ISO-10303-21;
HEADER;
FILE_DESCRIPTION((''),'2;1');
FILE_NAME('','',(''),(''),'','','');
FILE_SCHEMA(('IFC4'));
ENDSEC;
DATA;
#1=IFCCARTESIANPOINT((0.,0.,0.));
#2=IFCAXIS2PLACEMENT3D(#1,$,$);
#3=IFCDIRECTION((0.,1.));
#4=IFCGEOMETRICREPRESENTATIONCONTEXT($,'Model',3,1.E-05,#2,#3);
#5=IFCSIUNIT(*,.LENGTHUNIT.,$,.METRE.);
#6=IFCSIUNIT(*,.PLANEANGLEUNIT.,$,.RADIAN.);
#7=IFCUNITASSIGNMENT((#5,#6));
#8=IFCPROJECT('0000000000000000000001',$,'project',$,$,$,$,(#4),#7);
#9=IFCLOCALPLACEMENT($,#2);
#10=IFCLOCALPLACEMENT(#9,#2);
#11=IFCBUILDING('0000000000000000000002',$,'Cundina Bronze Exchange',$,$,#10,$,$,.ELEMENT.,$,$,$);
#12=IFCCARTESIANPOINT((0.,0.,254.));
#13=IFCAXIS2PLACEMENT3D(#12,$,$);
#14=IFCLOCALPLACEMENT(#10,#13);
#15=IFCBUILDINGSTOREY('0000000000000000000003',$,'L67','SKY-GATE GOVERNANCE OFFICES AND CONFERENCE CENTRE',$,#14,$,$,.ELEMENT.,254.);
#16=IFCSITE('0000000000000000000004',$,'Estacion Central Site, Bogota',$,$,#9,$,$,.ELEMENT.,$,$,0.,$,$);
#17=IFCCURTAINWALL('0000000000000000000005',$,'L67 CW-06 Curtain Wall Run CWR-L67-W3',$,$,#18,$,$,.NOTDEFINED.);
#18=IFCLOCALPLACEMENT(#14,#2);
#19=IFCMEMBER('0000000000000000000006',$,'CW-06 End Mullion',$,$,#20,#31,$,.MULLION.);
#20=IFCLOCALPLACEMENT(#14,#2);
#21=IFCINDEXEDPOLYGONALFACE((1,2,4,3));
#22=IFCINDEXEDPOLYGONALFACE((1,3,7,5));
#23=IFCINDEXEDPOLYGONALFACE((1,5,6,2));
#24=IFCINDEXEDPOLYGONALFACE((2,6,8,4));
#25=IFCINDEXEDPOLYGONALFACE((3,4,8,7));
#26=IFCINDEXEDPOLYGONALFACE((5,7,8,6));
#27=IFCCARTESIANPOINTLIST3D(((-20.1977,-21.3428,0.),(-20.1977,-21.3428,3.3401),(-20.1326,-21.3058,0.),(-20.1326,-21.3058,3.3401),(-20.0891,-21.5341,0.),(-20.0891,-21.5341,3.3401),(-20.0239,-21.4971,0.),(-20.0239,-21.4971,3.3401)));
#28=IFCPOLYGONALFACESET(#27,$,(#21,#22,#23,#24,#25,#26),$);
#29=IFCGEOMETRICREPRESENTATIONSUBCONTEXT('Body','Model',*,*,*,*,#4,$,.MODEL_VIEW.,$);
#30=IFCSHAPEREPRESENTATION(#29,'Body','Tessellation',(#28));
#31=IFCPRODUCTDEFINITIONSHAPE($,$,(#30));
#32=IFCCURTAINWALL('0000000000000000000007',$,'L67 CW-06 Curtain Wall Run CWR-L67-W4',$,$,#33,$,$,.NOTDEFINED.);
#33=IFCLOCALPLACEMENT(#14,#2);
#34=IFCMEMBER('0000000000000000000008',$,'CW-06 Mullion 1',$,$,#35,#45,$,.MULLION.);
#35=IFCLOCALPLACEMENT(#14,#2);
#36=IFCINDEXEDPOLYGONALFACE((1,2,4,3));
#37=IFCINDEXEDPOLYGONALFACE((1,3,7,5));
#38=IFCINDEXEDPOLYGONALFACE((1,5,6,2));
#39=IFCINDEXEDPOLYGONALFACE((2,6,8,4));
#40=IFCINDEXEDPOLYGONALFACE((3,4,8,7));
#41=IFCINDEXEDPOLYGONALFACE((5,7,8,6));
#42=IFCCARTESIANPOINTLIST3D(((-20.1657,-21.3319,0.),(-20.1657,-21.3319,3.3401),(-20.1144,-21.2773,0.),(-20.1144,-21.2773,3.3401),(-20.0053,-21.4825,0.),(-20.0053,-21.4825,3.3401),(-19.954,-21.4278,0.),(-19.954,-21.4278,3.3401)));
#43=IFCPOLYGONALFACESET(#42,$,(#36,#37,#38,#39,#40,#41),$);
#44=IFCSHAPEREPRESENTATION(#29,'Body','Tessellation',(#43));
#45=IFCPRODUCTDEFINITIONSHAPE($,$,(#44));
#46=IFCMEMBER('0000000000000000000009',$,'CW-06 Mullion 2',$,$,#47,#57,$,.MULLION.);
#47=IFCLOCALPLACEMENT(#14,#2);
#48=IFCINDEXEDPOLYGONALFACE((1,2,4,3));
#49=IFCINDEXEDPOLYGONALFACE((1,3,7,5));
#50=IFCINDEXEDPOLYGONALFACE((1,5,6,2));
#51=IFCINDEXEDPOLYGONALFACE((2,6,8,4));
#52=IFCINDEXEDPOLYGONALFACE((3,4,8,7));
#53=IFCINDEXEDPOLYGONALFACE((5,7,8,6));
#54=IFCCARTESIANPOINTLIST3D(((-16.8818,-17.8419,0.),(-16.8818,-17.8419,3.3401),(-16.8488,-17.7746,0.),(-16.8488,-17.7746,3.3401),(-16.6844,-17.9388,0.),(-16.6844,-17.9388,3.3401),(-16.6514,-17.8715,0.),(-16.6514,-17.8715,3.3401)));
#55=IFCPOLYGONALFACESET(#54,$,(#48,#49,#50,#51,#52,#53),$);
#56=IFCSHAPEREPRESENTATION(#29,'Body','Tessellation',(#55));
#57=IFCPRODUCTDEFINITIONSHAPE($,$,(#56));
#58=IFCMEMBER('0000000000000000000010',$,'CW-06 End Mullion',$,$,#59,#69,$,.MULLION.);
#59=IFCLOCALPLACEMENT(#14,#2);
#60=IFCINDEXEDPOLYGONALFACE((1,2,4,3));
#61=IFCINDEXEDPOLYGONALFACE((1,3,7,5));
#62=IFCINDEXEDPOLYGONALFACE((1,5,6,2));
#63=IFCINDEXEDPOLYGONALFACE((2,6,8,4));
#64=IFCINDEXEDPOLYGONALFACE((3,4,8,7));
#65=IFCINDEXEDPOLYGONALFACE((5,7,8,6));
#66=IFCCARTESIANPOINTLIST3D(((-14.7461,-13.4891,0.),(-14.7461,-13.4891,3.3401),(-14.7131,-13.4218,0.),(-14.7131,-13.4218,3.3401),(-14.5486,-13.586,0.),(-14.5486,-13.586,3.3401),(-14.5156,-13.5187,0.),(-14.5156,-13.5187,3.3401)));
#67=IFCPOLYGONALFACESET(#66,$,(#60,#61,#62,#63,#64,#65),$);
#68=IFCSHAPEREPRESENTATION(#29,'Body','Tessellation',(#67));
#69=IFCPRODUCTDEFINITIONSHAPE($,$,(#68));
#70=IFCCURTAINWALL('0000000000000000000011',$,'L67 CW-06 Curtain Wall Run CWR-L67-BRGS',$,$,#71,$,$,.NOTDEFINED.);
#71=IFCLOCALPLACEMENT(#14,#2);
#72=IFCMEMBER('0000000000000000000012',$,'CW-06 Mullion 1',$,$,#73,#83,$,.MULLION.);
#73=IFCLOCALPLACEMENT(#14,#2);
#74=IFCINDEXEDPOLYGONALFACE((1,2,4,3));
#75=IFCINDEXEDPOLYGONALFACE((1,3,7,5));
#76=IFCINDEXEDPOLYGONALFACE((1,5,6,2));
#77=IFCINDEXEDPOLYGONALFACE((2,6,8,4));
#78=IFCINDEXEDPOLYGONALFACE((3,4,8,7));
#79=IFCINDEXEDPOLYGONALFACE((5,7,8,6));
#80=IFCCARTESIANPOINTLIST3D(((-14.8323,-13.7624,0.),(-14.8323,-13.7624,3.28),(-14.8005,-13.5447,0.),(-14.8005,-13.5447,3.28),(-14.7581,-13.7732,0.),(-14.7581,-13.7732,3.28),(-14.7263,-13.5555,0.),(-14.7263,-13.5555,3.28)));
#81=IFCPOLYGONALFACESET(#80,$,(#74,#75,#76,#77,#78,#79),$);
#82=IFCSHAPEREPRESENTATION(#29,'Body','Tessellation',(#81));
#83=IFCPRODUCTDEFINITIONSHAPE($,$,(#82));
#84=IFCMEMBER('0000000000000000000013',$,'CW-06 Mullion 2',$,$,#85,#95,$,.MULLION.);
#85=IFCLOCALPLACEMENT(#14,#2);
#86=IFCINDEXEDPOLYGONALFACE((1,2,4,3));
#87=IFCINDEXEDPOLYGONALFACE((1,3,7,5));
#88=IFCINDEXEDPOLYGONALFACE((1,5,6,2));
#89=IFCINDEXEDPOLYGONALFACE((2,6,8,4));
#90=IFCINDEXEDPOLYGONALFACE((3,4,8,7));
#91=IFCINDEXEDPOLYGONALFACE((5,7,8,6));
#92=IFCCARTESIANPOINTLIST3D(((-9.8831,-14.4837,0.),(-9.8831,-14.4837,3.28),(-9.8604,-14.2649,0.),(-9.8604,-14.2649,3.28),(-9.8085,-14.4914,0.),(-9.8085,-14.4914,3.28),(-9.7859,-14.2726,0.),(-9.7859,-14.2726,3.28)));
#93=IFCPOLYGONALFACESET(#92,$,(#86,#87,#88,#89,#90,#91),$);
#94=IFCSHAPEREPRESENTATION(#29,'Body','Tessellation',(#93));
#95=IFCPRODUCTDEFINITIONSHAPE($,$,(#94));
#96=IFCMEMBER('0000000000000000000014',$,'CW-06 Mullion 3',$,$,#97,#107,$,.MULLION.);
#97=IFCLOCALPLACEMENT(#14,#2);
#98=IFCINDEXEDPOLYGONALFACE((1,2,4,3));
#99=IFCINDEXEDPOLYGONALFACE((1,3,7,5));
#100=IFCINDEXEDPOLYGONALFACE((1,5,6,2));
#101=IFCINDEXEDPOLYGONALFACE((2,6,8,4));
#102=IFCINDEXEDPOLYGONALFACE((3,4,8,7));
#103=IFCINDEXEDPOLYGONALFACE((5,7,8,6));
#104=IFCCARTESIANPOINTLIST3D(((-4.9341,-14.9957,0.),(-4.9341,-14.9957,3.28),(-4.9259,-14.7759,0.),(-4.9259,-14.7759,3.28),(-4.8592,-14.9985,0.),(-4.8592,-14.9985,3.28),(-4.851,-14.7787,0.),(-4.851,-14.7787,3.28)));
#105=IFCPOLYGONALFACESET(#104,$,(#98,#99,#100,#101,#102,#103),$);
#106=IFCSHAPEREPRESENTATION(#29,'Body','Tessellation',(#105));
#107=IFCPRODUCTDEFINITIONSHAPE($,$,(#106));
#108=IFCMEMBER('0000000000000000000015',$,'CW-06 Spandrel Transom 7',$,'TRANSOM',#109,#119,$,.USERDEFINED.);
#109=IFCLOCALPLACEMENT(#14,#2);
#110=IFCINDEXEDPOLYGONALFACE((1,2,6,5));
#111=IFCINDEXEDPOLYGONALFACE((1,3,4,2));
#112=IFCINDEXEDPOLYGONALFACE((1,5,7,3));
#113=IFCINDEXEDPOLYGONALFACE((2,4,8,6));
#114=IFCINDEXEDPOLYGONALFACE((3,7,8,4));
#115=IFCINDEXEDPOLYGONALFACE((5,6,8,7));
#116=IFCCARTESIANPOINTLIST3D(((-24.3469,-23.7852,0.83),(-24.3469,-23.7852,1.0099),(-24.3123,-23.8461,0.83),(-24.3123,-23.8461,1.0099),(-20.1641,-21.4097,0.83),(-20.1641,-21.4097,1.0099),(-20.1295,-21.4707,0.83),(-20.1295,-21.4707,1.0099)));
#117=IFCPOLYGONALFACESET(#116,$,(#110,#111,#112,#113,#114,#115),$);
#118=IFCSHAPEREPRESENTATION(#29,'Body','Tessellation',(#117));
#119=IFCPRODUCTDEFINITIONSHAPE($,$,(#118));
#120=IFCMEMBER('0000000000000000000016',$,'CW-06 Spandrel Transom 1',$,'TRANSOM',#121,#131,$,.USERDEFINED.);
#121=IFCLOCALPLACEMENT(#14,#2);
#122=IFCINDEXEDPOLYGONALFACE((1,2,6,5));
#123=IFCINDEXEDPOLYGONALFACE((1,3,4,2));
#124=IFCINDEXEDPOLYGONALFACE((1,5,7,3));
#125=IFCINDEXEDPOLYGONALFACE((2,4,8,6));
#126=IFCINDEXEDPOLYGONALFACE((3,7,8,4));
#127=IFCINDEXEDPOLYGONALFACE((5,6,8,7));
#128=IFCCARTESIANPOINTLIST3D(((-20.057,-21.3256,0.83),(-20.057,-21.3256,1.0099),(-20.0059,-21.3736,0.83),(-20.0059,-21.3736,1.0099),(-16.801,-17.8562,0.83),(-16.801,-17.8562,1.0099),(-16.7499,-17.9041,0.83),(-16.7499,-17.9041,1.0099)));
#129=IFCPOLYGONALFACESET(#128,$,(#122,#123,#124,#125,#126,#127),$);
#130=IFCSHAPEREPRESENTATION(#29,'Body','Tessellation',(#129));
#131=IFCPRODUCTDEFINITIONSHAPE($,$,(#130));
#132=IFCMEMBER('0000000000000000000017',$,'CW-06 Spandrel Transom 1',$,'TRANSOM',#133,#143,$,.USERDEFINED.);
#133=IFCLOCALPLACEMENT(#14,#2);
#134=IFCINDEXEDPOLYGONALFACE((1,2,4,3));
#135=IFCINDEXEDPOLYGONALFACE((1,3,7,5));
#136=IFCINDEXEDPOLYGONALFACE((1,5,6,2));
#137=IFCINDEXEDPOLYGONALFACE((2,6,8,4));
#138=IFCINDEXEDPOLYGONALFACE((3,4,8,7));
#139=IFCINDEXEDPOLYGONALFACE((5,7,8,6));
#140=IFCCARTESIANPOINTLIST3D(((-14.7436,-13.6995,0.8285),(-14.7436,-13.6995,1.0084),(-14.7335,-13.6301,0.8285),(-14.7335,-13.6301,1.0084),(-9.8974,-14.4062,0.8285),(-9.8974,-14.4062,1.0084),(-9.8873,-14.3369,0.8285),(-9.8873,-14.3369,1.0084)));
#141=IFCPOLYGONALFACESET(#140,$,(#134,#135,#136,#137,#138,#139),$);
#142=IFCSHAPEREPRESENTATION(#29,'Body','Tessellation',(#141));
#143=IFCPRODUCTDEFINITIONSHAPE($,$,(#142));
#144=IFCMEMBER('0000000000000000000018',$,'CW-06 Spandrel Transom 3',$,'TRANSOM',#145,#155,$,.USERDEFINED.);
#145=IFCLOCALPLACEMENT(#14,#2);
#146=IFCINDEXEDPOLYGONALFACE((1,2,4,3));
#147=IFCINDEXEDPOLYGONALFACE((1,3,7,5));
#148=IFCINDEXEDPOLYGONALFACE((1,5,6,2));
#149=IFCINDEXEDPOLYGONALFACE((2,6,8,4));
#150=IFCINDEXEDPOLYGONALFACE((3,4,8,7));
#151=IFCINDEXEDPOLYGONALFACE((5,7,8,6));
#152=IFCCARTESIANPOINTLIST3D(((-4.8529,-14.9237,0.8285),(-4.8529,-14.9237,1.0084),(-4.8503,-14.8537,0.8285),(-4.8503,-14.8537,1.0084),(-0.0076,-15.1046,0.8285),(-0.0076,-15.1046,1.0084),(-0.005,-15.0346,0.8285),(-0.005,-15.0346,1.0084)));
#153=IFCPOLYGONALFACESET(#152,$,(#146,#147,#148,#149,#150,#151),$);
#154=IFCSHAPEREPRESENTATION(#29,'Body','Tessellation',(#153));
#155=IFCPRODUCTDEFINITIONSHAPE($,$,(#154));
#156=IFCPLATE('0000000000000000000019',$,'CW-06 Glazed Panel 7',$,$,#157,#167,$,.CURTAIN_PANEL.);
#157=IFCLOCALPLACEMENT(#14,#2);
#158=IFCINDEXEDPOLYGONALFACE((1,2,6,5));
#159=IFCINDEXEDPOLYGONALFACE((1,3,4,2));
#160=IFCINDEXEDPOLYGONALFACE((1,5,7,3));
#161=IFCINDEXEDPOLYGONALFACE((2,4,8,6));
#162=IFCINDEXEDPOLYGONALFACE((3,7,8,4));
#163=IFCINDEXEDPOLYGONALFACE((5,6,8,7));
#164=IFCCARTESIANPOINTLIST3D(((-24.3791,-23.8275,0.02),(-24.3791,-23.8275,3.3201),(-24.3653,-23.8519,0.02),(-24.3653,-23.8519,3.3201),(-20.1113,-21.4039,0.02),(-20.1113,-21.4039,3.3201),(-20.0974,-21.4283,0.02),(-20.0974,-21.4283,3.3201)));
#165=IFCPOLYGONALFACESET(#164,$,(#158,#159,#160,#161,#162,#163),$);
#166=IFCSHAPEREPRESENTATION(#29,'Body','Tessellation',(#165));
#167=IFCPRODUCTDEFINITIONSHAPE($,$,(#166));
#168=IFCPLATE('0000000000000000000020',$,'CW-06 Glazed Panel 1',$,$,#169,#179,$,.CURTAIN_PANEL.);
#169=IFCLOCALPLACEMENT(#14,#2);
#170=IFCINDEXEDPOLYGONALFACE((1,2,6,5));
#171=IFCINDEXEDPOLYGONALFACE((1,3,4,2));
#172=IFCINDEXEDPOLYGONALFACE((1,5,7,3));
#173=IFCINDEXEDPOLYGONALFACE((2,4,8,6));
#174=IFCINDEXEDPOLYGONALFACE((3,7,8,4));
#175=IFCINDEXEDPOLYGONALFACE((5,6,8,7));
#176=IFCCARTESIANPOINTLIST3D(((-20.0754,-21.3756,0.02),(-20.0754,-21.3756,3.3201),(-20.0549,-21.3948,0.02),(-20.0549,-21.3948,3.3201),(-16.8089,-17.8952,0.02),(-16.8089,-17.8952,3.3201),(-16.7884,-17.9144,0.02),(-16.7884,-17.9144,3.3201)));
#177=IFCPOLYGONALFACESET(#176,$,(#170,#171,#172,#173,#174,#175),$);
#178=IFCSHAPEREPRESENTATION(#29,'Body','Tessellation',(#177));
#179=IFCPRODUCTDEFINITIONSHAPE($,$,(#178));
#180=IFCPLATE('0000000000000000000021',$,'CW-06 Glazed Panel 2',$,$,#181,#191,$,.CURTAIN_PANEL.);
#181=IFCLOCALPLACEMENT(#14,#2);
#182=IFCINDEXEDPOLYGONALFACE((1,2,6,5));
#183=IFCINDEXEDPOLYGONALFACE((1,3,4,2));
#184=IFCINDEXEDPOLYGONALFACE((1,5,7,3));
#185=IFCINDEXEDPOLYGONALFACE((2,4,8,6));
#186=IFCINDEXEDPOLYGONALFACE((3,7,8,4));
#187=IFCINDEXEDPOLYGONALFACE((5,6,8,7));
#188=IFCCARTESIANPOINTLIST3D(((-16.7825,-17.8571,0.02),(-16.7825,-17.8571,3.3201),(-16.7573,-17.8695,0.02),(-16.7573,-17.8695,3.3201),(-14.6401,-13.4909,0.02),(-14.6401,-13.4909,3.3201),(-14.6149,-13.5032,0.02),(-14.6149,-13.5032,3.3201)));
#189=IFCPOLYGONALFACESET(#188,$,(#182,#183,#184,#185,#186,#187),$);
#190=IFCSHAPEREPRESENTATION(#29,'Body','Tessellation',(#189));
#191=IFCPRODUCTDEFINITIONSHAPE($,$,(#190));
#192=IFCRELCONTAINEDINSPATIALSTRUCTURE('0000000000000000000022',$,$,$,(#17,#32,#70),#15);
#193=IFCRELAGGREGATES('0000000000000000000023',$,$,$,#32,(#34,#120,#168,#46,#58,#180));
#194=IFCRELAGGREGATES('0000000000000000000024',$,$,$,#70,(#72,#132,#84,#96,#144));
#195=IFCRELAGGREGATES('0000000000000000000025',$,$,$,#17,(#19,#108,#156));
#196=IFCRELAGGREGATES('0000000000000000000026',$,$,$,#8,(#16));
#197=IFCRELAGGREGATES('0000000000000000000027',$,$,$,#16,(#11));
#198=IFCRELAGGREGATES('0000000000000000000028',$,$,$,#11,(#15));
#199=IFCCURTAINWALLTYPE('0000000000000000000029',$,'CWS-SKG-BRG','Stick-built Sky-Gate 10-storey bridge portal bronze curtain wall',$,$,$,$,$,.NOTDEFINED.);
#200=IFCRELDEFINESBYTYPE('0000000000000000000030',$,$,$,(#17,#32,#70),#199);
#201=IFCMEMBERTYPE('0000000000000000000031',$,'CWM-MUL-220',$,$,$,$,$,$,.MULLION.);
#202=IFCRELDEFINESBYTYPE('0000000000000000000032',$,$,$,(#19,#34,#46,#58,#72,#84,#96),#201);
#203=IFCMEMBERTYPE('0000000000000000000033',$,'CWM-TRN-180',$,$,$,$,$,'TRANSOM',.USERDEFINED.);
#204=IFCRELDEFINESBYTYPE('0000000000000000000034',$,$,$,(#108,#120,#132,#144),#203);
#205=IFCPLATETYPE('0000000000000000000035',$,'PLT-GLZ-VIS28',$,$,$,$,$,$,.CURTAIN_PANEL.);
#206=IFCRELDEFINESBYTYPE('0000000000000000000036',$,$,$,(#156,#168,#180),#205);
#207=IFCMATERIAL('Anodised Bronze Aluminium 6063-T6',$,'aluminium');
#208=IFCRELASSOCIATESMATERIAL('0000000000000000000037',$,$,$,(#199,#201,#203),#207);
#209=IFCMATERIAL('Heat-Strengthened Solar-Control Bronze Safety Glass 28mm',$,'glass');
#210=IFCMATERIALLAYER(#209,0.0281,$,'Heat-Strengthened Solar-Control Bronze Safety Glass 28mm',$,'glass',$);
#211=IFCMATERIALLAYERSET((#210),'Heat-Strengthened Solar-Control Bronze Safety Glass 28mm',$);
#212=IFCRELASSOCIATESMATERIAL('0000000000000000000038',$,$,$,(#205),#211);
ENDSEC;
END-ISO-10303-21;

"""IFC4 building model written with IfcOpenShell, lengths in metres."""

from ifc_helpers import new_model, si_unit, direction, frame, origin, origin_2d, place, context, subcontext, project, spatial, rectangle, extrude, material, layer, layer_set, material_profile, profile_set, type_object, element, aggregate, save


model = new_model("IFC4")

# Units and contexts
model_context = context("Model", 3, precision=1e-05, world=origin(), true_north=direction((0.0, 1.0)))
body_context = subcontext(model_context, "Body", "Model", "MODEL_VIEW")
ifc_project = project(units=[si_unit("LENGTHUNIT", "METRE"), si_unit("PLANEANGLEUNIT", "RADIAN")], contexts=[model_context])

# Site, building, storey
site_placement = place(None, origin())
site = spatial("IfcSite", under=ifc_project, at=site_placement, Name="Estacion Central Site, Bogota", CompositionType="ELEMENT", RefElevation=0.0)
building_placement = place(site_placement, origin())
building = spatial("IfcBuilding", under=site, at=building_placement, Name="Cundina Bronze Exchange", CompositionType="ELEMENT")
storey_placement = place(building_placement, frame((0.0, 0.0, 254.0)))
storey = spatial("IfcBuildingStorey", under=building, at=storey_placement, Name="L67", Description="SKY-GATE GOVERNANCE OFFICES AND CONFERENCE CENTRE", CompositionType="ELEMENT", Elevation=254.0)

# Curtain walls, members
ifc_material_1 = material(Name="Anodised Bronze Aluminium 6063-T6", Category="aluminium")
curtain_wall_type = type_object("IfcCurtainWallType", Name="CWS-SKG-BRG", Description="Stick-built Sky-Gate 10-storey bridge portal bronze curtain wall", PredefinedType="NOTDEFINED", material=ifc_material_1)
curtain_wall_1_placement = place(storey_placement, origin())
curtain_wall_1 = element("IfcCurtainWall", 1, at=curtain_wall_1_placement, inside=storey, type_object=curtain_wall_type, Name="L67 CW-06 Curtain Wall Run CWR-L67-W3", PredefinedType="NOTDEFINED")
ifc_material_profile_1 = material_profile(ifc_material_1, rectangle(XDim=0.075, YDim=0.22, at=origin_2d()), Name="AL75X220", Category="aluminium")
ifc_profile_set_1 = profile_set([ifc_material_profile_1], Name="Anodised Bronze Aluminium 6063-T6")
member_type_1 = type_object("IfcMemberType", Name="CWM-MUL-220", PredefinedType="MULLION", material=ifc_profile_set_1)
member_1_placement = place(storey_placement, frame((-20.1108, -21.4199, 0.0), z_axis=(0.0, 0.0, 1.0), x_axis=(0.869581, 0.49379, 0.0)))
member_1 = element("IfcMember", 2, at=member_1_placement, type_object=member_type_1, Name="CW-06 End Mullion", PredefinedType="MULLION", context=body_context, shape_type="SweptSolid", body=[
    extrude(rectangle(XDim=0.075, YDim=0.22, at=origin_2d()), origin(), (0.0, 0.0, 1.0), 3.3401),
])
curtain_wall_2_placement = place(storey_placement, origin())
curtain_wall_2 = element("IfcCurtainWall", 3, at=curtain_wall_2_placement, inside=storey, type_object=curtain_wall_type, Name="L67 CW-06 Curtain Wall Run CWR-L67-W4", PredefinedType="NOTDEFINED")
member_2_placement = place(storey_placement, frame((-20.0598, -21.3799, 0.0), z_axis=(0.0, 0.0, 1.0), x_axis=(0.684293, 0.729208, 0.0)))
member_2 = element("IfcMember", 4, at=member_2_placement, type_object=member_type_1, Name="CW-06 Mullion 1", PredefinedType="MULLION", context=body_context, shape_type="SweptSolid", body=[
    extrude(rectangle(XDim=0.075, YDim=0.22, at=origin_2d()), origin(), (0.0, 0.0, 1.0), 3.3401),
])
member_3_placement = place(storey_placement, frame((-16.7666, -17.8567, 0.0), z_axis=(0.0, 0.0, 1.0), x_axis=(0.440566, 0.89772, 0.0)))
member_3 = element("IfcMember", 5, at=member_3_placement, type_object=member_type_1, Name="CW-06 Mullion 2", PredefinedType="MULLION", context=body_context, shape_type="SweptSolid", body=[
    extrude(rectangle(XDim=0.075, YDim=0.22, at=origin_2d()), origin(), (0.0, 0.0, 1.0), 3.3401),
])
member_4_placement = place(storey_placement, frame((-14.6309, -13.5039, 0.0), z_axis=(0.0, 0.0, 1.0), x_axis=(0.440566, 0.89772, 0.0)))
member_4 = element("IfcMember", 6, at=member_4_placement, type_object=member_type_1, Name="CW-06 End Mullion", PredefinedType="MULLION", context=body_context, shape_type="SweptSolid", body=[
    extrude(rectangle(XDim=0.075, YDim=0.22, at=origin_2d()), origin(), (0.0, 0.0, 1.0), 3.3401),
])
curtain_wall_3_placement = place(storey_placement, origin())
curtain_wall_3 = element("IfcCurtainWall", 7, at=curtain_wall_3_placement, inside=storey, type_object=curtain_wall_type, Name="L67 CW-06 Curtain Wall Run CWR-L67-BRGS", PredefinedType="NOTDEFINED")
member_5_placement = place(storey_placement, frame((-14.7793, -13.6589, 0.0), z_axis=(0.0, 0.0, 1.0), x_axis=(0.989526, -0.144356, 0.0)))
member_5 = element("IfcMember", 8, at=member_5_placement, type_object=member_type_1, Name="CW-06 Mullion 1", PredefinedType="MULLION", context=body_context, shape_type="SweptSolid", body=[
    extrude(rectangle(XDim=0.075, YDim=0.22, at=origin_2d()), origin(), (0.0, 0.0, 1.0), 3.28),
])
member_6_placement = place(storey_placement, frame((-9.8345, -14.3782, 0.0), z_axis=(0.0, 0.0, 1.0), x_axis=(0.994667, -0.10314, 0.0)))
member_6 = element("IfcMember", 9, at=member_6_placement, type_object=member_type_1, Name="CW-06 Mullion 2", PredefinedType="MULLION", context=body_context, shape_type="SweptSolid", body=[
    extrude(rectangle(XDim=0.075, YDim=0.22, at=origin_2d()), origin(), (0.0, 0.0, 1.0), 3.28),
])
member_7_placement = place(storey_placement, frame((-4.8926, -14.8872, 0.0), z_axis=(0.0, 0.0, 1.0), x_axis=(0.999303, -0.037341, 0.0)))
member_7 = element("IfcMember", 10, at=member_7_placement, type_object=member_type_1, Name="CW-06 Mullion 3", PredefinedType="MULLION", context=body_context, shape_type="SweptSolid", body=[
    extrude(rectangle(XDim=0.075, YDim=0.22, at=origin_2d()), origin(), (0.0, 0.0, 1.0), 3.28),
])

# Members
ifc_material_profile_2 = material_profile(ifc_material_1, rectangle(XDim=0.0701, YDim=0.1799, at=origin_2d()), Name="AL70X180", Category="aluminium")
ifc_profile_set_2 = profile_set([ifc_material_profile_2], Name="Anodised Bronze Aluminium 6063-T6")
member_type_2 = type_object("IfcMemberType", Name="CWM-TRN-180", ElementType="TRANSOM", PredefinedType="USERDEFINED", material=ifc_profile_set_2)
member_8_placement = place(storey_placement, frame((-24.3296, -23.8157, 0.9199), z_axis=(0.869558, 0.493831, 0.0), x_axis=(-0.493831, 0.869558, 0.0)))
member_8 = element("IfcMember", 11, at=member_8_placement, type_object=member_type_2, Name="CW-06 Spandrel Transom 7", ObjectType="TRANSOM", PredefinedType="USERDEFINED", context=body_context, shape_type="SweptSolid", body=[
    extrude(rectangle(XDim=0.0701, YDim=0.1799, at=origin_2d()), origin(), (0.0, 0.0, 1.0), 4.8103),
])
member_9_placement = place(storey_placement, frame((-20.0315, -21.3496, 0.9199), z_axis=(0.684328, 0.729174, 0.0), x_axis=(-0.729174, 0.684328, 0.0)))
member_9 = element("IfcMember", 12, at=member_9_placement, type_object=member_type_2, Name="CW-06 Spandrel Transom 1", ObjectType="TRANSOM", PredefinedType="USERDEFINED", context=body_context, shape_type="SweptSolid", body=[
    extrude(rectangle(XDim=0.0701, YDim=0.1799, at=origin_2d()), origin(), (0.0, 0.0, 1.0), 4.7581),
])
member_10_placement = place(storey_placement, frame((-14.7385, -13.6648, 0.9185), z_axis=(0.989531, -0.144317, 0.0), x_axis=(0.144317, 0.989531, 0.0)))
member_10 = element("IfcMember", 13, at=member_10_placement, type_object=member_type_2, Name="CW-06 Spandrel Transom 1", ObjectType="TRANSOM", PredefinedType="USERDEFINED", context=body_context, shape_type="SweptSolid", body=[
    extrude(rectangle(XDim=0.0701, YDim=0.1799, at=origin_2d()), origin(), (0.0, 0.0, 1.0), 4.8975),
])
member_11_placement = place(storey_placement, frame((-4.8516, -14.8887, 0.9185), z_axis=(0.999304, -0.037312, 0.0), x_axis=(0.037312, 0.999304, 0.0)))
member_11 = element("IfcMember", 14, at=member_11_placement, type_object=member_type_2, Name="CW-06 Spandrel Transom 3", ObjectType="TRANSOM", PredefinedType="USERDEFINED", context=body_context, shape_type="SweptSolid", body=[
    extrude(rectangle(XDim=0.0701, YDim=0.1799, at=origin_2d()), origin(), (0.0, 0.0, 1.0), 4.8486),
])

# Plates
ifc_material_2 = material(Name="Heat-Strengthened Solar-Control Bronze Safety Glass 28mm", Category="glass")
ifc_layer_1 = layer(ifc_material_2, 0.0281, Name="Heat-Strengthened Solar-Control Bronze Safety Glass 28mm", Category="glass")
ifc_layer_set_1 = layer_set([ifc_layer_1], Name="Heat-Strengthened Solar-Control Bronze Safety Glass 28mm")
plate_type_1 = type_object("IfcPlateType", Name="PLT-GLZ-VIS28", PredefinedType="CURTAIN_PANEL", material=ifc_layer_set_1)
plate_1_placement = place(storey_placement, frame((-22.2383, -22.6279, 0.02), z_axis=(0.0, 0.0, 1.0), x_axis=(0.869573, 0.493805, 0.0)))
plate_1 = element("IfcPlate", 15, at=plate_1_placement, type_object=plate_type_1, Name="CW-06 Glazed Panel 7", PredefinedType="CURTAIN_PANEL", context=body_context, shape_type="SweptSolid", body=[
    extrude(rectangle(XDim=4.908, YDim=0.0281, at=origin_2d()), origin(), (0.0, 0.0, 1.0), 3.3),
])
plate_2_placement = place(storey_placement, frame((-18.4319, -19.645, 0.02), z_axis=(0.0, 0.0, 1.0), x_axis=(0.684344, 0.72916, 0.0)))
plate_2 = element("IfcPlate", 16, at=plate_2_placement, type_object=plate_type_1, Name="CW-06 Glazed Panel 1", PredefinedType="CURTAIN_PANEL", context=body_context, shape_type="SweptSolid", body=[
    extrude(rectangle(XDim=4.7732, YDim=0.0281, at=origin_2d()), origin(), (0.0, 0.0, 1.0), 3.3),
])
plate_3_placement = place(storey_placement, frame((-15.6987, -15.6802, 0.02), z_axis=(0.0, 0.0, 1.0), x_axis=(0.440503, 0.897751, 0.0)))
plate_3 = element("IfcPlate", 17, at=plate_3_placement, type_object=plate_type_1, Name="CW-06 Glazed Panel 2", PredefinedType="CURTAIN_PANEL", context=body_context, shape_type="SweptSolid", body=[
    extrude(rectangle(XDim=4.8635, YDim=0.0281, at=origin_2d()), origin(), (0.0, 0.0, 1.0), 3.3),
])
aggregate(curtain_wall_2, [member_2, member_9, plate_2, member_3, member_4, plate_3])
aggregate(curtain_wall_3, [member_5, member_10, member_6, member_7, member_11])
aggregate(curtain_wall_1, [member_1, member_8, plate_1])

save(model, "model.ifc")
